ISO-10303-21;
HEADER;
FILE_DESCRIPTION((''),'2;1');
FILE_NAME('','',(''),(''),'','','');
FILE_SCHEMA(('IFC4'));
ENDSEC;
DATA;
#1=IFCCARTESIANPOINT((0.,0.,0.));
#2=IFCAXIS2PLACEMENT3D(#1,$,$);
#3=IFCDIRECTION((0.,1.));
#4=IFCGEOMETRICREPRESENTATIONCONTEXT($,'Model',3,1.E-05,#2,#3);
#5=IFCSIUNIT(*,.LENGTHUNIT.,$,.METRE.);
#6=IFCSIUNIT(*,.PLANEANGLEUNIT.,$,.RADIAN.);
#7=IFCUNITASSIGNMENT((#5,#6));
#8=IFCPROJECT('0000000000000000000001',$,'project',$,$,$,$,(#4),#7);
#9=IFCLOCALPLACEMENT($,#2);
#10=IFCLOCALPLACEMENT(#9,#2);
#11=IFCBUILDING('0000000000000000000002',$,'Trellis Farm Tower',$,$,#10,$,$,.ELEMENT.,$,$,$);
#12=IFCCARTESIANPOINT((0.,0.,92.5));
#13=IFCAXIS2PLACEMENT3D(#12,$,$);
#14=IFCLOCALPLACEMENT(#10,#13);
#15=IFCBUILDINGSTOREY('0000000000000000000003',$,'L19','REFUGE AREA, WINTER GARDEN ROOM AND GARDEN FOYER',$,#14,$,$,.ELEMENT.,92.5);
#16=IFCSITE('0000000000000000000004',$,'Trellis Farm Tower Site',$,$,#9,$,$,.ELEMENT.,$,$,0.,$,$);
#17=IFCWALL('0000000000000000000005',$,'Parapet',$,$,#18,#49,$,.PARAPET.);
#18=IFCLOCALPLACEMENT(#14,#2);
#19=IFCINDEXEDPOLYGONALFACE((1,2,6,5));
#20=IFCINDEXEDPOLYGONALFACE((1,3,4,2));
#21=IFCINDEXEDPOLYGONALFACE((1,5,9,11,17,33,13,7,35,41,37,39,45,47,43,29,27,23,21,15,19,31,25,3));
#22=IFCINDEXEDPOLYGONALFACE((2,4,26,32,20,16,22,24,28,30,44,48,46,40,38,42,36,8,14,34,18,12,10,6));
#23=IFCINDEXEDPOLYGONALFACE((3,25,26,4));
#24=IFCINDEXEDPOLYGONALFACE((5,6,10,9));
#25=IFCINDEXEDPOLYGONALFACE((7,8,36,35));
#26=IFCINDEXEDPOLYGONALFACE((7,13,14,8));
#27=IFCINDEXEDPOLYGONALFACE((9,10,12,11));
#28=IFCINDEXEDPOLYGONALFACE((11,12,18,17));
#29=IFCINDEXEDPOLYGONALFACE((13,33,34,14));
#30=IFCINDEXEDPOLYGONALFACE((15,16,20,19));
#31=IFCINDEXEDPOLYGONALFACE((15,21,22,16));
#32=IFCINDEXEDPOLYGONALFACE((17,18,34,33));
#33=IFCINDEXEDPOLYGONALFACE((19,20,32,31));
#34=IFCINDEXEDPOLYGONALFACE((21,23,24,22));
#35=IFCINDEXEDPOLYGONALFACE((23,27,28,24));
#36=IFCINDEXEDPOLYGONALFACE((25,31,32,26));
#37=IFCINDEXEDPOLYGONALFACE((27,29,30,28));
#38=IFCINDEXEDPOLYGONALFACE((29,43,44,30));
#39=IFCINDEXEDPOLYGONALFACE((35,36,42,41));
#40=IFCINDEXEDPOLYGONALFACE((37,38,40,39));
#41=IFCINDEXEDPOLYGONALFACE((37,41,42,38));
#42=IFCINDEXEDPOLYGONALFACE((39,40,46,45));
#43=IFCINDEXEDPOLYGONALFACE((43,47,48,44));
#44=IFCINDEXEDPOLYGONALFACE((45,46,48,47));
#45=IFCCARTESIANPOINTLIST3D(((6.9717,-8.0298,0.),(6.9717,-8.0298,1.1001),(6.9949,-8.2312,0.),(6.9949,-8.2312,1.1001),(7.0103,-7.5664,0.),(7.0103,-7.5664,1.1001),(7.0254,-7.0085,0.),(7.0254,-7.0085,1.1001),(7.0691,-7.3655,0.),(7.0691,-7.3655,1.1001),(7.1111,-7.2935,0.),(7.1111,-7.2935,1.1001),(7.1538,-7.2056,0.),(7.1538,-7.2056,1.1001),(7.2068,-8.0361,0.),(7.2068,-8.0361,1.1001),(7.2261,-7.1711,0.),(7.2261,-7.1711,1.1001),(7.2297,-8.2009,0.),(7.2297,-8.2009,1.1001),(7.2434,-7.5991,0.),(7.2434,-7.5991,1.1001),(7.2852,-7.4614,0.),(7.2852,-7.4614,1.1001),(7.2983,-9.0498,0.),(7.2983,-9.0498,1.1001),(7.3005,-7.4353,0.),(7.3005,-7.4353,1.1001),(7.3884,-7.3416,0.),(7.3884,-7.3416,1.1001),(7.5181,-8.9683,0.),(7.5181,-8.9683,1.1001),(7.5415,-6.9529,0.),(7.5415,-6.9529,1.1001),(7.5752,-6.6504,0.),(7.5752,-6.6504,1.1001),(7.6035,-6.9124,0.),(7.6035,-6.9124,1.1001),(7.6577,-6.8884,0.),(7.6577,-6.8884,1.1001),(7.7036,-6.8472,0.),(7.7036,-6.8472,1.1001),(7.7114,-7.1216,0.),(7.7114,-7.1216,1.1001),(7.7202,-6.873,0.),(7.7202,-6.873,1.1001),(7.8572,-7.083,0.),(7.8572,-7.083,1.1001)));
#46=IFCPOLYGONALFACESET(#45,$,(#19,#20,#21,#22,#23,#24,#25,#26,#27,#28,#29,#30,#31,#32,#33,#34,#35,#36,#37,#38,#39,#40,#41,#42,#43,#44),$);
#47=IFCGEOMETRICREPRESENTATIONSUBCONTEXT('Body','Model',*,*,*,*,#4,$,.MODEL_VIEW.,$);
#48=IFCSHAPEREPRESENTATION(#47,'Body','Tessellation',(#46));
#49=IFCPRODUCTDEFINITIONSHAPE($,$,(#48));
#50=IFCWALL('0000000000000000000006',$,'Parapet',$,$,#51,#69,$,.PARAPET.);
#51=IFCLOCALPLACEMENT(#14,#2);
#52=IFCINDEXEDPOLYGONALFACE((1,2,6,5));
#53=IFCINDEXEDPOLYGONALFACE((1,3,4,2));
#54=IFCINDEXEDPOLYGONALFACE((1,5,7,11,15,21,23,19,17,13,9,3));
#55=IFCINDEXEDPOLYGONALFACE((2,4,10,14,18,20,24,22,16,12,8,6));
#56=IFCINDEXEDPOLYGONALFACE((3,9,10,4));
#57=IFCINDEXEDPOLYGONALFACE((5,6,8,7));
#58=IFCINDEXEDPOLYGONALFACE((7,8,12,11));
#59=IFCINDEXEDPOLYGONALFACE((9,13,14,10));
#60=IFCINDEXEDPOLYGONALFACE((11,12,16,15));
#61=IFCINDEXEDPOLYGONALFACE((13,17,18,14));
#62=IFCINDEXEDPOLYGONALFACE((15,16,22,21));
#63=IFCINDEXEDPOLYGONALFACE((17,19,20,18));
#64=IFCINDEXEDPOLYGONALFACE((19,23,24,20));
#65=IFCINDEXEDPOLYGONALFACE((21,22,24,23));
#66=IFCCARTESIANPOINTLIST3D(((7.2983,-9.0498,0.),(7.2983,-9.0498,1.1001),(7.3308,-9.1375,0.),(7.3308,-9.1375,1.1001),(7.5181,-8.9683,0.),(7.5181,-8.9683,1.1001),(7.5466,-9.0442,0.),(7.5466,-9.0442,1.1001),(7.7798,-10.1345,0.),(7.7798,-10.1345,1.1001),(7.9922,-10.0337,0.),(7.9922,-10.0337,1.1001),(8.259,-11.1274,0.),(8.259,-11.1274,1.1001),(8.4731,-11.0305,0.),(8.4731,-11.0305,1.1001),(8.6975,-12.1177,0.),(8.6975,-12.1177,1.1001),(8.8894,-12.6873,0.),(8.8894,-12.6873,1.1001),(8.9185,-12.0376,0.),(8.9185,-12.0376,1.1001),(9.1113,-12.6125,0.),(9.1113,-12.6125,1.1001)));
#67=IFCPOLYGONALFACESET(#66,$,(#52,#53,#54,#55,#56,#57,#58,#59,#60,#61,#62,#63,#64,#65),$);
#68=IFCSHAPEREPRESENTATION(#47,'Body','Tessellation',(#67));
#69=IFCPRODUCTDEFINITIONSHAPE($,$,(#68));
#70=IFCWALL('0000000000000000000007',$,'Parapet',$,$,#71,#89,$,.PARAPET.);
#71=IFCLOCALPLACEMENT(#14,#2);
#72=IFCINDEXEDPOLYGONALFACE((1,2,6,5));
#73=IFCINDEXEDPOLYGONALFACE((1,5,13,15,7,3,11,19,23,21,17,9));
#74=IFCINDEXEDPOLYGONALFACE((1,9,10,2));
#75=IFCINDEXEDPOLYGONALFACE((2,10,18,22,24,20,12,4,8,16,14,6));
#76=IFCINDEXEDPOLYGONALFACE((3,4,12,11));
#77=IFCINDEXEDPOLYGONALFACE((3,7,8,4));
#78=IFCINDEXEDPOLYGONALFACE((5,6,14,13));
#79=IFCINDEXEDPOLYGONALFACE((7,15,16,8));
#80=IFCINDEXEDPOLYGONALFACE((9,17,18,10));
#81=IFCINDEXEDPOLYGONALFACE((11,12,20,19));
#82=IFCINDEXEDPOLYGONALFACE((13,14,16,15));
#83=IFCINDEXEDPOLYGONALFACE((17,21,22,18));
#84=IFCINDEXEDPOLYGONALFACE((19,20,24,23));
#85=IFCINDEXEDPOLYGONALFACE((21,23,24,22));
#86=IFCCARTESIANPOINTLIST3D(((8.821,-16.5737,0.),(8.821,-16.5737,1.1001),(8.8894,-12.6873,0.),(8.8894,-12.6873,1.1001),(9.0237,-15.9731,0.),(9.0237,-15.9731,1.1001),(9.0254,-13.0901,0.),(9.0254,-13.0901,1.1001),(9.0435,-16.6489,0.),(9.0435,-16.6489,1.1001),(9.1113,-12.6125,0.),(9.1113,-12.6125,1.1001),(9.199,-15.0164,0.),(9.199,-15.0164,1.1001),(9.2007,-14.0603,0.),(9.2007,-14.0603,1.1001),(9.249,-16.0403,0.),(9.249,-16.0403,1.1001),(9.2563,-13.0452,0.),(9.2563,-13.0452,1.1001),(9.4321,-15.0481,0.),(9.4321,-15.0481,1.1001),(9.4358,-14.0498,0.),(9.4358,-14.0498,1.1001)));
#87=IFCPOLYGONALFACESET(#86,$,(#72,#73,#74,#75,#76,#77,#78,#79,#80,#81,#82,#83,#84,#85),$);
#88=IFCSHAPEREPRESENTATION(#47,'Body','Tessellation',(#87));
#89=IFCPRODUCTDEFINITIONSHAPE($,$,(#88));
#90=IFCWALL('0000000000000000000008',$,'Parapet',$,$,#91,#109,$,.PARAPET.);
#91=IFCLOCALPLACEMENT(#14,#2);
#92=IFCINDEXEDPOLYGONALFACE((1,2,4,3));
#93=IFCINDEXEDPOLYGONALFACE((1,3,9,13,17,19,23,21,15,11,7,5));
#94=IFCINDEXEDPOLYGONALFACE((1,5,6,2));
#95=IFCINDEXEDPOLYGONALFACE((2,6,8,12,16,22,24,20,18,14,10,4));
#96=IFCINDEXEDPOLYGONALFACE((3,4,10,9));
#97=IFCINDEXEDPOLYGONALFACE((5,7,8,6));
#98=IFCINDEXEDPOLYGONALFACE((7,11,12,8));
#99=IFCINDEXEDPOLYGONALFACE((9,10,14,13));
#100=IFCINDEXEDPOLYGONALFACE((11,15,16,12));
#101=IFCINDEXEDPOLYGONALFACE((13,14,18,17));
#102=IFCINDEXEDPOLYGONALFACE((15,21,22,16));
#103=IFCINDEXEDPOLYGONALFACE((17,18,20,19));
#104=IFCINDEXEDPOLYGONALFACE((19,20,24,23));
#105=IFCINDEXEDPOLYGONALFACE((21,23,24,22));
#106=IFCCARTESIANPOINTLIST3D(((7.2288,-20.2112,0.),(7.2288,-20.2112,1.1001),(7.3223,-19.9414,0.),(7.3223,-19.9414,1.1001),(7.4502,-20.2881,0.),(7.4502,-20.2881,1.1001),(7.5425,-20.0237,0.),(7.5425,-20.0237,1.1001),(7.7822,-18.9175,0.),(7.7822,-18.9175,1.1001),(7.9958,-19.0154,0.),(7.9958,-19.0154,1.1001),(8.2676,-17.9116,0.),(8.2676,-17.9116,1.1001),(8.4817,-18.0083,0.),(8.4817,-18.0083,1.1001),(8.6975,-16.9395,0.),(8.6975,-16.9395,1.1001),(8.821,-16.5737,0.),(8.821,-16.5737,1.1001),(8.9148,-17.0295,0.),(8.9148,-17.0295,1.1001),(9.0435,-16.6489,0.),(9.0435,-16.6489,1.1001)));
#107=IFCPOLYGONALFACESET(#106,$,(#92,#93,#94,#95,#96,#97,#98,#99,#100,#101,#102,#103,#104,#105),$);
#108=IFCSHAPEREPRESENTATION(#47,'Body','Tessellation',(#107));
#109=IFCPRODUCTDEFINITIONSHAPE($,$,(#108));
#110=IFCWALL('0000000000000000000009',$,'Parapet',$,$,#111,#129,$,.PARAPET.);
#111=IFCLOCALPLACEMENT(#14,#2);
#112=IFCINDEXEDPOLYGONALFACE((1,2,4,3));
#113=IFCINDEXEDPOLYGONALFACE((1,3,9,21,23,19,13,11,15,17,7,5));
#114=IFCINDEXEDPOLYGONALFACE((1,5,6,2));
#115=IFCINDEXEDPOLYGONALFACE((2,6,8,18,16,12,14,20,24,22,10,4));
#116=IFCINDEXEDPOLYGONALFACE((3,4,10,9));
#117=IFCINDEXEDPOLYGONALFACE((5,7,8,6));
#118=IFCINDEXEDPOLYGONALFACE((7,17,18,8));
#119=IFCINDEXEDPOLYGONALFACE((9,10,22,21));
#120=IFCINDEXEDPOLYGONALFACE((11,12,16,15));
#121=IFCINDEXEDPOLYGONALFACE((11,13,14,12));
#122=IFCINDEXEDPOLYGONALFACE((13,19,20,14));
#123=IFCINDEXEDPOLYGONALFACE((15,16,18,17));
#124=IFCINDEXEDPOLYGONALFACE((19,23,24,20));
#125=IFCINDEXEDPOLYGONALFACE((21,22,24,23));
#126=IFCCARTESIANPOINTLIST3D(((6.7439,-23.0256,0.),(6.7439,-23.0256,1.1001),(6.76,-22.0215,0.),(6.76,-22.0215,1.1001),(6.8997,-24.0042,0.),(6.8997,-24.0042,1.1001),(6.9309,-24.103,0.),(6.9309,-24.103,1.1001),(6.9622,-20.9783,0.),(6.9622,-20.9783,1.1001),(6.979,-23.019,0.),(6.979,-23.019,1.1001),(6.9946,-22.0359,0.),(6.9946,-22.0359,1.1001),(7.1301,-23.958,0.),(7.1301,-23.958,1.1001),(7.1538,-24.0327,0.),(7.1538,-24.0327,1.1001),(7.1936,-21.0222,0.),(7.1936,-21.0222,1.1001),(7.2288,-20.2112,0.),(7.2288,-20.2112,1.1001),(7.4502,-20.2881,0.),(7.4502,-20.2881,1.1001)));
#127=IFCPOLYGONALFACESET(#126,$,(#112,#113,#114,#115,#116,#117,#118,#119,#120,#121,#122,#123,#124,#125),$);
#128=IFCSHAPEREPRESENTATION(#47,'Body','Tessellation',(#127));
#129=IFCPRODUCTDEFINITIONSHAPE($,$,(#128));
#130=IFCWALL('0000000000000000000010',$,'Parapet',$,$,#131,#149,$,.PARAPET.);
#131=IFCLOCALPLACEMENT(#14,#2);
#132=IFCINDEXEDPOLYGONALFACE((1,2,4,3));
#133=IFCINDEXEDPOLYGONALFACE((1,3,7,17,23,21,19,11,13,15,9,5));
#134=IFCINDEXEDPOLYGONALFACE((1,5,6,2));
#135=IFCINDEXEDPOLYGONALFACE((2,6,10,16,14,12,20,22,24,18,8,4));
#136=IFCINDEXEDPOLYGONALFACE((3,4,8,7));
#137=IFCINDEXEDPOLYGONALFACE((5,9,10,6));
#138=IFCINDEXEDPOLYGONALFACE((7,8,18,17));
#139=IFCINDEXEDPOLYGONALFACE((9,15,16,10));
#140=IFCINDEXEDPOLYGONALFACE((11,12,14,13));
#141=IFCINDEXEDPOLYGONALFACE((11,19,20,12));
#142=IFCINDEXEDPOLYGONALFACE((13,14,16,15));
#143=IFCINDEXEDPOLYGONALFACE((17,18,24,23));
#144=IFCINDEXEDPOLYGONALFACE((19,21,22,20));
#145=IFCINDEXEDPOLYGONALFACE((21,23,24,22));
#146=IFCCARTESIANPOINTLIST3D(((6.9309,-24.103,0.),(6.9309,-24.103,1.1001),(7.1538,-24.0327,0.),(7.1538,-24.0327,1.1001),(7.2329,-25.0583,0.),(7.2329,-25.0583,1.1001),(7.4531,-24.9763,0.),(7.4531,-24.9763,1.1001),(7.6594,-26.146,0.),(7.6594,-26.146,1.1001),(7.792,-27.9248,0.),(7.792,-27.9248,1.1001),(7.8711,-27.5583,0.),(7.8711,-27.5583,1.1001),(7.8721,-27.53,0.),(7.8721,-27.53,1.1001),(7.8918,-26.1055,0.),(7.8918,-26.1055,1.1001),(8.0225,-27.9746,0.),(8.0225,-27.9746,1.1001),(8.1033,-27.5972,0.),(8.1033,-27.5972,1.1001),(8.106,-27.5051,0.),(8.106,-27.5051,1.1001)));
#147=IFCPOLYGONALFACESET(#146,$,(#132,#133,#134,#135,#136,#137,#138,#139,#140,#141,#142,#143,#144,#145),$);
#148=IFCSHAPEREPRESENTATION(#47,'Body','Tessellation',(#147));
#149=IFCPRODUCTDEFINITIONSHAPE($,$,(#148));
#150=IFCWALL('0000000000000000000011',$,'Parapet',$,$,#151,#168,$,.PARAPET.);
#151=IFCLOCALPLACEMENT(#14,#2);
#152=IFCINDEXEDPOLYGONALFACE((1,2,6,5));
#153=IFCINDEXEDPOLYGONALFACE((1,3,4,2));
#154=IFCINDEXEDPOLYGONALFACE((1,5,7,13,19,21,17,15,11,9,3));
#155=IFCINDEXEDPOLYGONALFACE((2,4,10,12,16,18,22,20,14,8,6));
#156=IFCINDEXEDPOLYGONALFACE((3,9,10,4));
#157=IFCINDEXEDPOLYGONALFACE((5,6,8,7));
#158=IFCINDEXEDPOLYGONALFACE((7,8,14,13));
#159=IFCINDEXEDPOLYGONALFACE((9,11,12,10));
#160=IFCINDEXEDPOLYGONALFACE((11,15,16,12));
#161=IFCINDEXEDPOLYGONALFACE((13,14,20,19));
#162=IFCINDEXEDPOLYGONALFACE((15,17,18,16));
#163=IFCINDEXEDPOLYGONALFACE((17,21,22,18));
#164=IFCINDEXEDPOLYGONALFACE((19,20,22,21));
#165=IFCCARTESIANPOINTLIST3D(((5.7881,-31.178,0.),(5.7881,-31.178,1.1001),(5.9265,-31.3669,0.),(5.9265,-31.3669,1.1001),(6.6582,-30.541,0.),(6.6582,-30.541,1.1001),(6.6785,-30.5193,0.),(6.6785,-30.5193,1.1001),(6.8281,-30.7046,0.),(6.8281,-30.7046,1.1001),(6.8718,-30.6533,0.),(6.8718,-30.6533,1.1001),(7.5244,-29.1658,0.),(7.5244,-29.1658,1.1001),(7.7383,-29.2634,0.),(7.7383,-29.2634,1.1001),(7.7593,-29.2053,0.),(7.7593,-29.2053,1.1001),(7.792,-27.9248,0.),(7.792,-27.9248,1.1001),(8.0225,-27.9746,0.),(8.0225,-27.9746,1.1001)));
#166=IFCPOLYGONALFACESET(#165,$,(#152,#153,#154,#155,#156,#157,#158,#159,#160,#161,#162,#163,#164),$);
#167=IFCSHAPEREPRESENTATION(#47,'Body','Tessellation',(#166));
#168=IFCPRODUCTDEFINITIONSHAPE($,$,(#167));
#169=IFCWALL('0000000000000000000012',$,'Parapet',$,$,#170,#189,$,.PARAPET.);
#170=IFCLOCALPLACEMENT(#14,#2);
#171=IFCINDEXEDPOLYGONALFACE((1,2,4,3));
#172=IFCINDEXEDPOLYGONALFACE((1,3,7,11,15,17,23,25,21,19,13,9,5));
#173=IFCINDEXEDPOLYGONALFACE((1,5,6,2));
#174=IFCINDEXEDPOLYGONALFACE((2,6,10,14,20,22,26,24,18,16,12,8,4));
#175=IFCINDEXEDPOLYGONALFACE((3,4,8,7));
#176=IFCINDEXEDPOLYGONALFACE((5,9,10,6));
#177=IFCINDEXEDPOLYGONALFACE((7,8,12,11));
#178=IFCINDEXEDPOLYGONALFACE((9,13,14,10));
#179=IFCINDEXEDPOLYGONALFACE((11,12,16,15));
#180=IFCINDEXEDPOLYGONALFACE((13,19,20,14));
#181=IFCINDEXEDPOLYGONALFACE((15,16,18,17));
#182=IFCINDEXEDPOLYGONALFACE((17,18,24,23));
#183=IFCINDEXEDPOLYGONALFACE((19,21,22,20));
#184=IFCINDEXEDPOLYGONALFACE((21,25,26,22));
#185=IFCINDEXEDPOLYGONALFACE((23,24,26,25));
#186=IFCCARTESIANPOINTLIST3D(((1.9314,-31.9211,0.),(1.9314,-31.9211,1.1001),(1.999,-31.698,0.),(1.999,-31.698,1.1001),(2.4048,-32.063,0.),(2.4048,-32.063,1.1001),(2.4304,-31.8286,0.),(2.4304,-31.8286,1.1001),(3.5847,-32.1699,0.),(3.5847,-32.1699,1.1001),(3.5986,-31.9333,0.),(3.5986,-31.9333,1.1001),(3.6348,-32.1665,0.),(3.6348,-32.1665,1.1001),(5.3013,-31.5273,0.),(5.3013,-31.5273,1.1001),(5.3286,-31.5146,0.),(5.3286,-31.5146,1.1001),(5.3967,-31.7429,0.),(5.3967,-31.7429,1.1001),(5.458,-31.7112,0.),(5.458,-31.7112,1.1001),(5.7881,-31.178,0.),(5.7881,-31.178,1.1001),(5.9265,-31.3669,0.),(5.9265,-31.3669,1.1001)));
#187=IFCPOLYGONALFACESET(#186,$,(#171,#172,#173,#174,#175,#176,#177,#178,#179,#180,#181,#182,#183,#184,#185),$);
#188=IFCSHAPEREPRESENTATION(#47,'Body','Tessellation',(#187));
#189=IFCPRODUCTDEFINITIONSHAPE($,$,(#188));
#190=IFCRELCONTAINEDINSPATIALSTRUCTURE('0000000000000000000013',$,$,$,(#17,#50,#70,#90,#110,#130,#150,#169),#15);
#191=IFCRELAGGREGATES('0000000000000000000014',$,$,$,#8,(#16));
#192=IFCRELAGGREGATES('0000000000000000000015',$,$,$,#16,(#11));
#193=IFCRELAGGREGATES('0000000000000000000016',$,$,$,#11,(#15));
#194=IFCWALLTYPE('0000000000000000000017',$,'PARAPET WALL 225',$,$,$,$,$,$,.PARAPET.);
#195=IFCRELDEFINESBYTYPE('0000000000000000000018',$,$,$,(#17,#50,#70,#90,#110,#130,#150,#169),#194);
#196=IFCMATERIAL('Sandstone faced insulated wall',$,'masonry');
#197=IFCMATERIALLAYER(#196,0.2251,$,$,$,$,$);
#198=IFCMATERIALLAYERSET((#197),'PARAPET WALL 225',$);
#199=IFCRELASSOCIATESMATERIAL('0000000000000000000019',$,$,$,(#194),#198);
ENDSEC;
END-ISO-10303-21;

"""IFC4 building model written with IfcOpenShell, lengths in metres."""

from ifc_helpers import new_model, si_unit, direction, frame, origin, place, context, subcontext, project, spatial, polyline, outline, extrude, material, layer, layer_set, type_object, element, save


model = new_model("IFC4")

# Units and contexts
model_context = context("Model", 3, precision=1e-05, world=origin(), true_north=direction((0.0, 1.0)))
body_context = subcontext(model_context, "Body", "Model", "MODEL_VIEW")
ifc_project = project(units=[si_unit("LENGTHUNIT", "METRE"), si_unit("PLANEANGLEUNIT", "RADIAN")], contexts=[model_context])

# Site, building, storey
site_placement = place(None, origin())
site = spatial("IfcSite", under=ifc_project, at=site_placement, Name="Trellis Farm Tower Site", CompositionType="ELEMENT", RefElevation=0.0)
building_placement = place(site_placement, origin())
building = spatial("IfcBuilding", under=site, at=building_placement, Name="Trellis Farm Tower", CompositionType="ELEMENT")
storey_placement = place(building_placement, frame((0.0, 0.0, 92.5)))
storey = spatial("IfcBuildingStorey", under=building, at=storey_placement, Name="L19", Description="REFUGE AREA, WINTER GARDEN ROOM AND GARDEN FOYER", CompositionType="ELEMENT", Elevation=92.5)

# Walls
ifc_material = material(Name="Sandstone faced insulated wall", Category="masonry")
ifc_layer = layer(ifc_material, 0.2251)
ifc_layer_set = layer_set([ifc_layer], Name="PARAPET WALL 225")
wall_type = type_object("IfcWallType", Name="PARAPET WALL 225", PredefinedType="PARAPET", material=ifc_layer_set)
placement = place(storey_placement, origin())
element("IfcWall", 1, at=placement, inside=storey, type_object=wall_type, Name="Parapet", PredefinedType="PARAPET", context=body_context, shape_type="SweptSolid", body=[
    extrude(outline(polyline([(7.8572, -7.083), (7.7114, -7.1216), (7.3884, -7.3416), (7.3005, -7.4353), (7.2852, -7.4614), (7.2434, -7.5991), (7.2068, -8.0361), (7.2297, -8.2009), (7.5181, -8.9683), (7.2983, -9.0498), (6.9949, -8.2312), (6.9717, -8.0298), (7.0103, -7.5664), (7.0691, -7.3655), (7.1111, -7.2935), (7.2261, -7.1711), (7.5415, -6.9529), (7.1538, -7.2056), (7.0254, -7.0085), (7.5752, -6.6504), (7.7036, -6.8472), (7.6035, -6.9124), (7.6577, -6.8884), (7.7202, -6.873), (7.8572, -7.083)])), origin(), (0.0, 0.0, 1.0), 1.1001),
])
element("IfcWall", 2, at=placement, inside=storey, type_object=wall_type, Name="Parapet", PredefinedType="PARAPET", context=body_context, shape_type="SweptSolid", body=[
    extrude(outline(polyline([(7.5181, -8.9683), (7.5466, -9.0442), (7.9922, -10.0337), (8.4731, -11.0305), (8.9185, -12.0376), (9.1113, -12.6125), (8.8894, -12.6873), (8.6975, -12.1177), (8.259, -11.1274), (7.7798, -10.1345), (7.3308, -9.1375), (7.2983, -9.0498), (7.5181, -8.9683)])), origin(), (0.0, 0.0, 1.0), 1.1001),
])
element("IfcWall", 3, at=placement, inside=storey, type_object=wall_type, Name="Parapet", PredefinedType="PARAPET", context=body_context, shape_type="SweptSolid", body=[
    extrude(outline(polyline([(9.1113, -12.6125), (9.2563, -13.0452), (9.4358, -14.0498), (9.4321, -15.0481), (9.249, -16.0403), (9.0435, -16.6489), (8.821, -16.5737), (9.0237, -15.9731), (9.199, -15.0164), (9.2007, -14.0603), (9.0254, -13.0901), (8.8894, -12.6873), (9.1113, -12.6125)])), origin(), (0.0, 0.0, 1.0), 1.1001),
])
element("IfcWall", 4, at=placement, inside=storey, type_object=wall_type, Name="Parapet", PredefinedType="PARAPET", context=body_context, shape_type="SweptSolid", body=[
    extrude(outline(polyline([(9.0435, -16.6489), (8.9148, -17.0295), (8.4817, -18.0083), (7.9958, -19.0154), (7.5425, -20.0237), (7.4502, -20.2881), (7.2288, -20.2112), (7.3223, -19.9414), (7.7822, -18.9175), (8.2676, -17.9116), (8.6975, -16.9395), (8.821, -16.5737), (9.0435, -16.6489)])), origin(), (0.0, 0.0, 1.0), 1.1001),
])
element("IfcWall", 5, at=placement, inside=storey, type_object=wall_type, Name="Parapet", PredefinedType="PARAPET", context=body_context, shape_type="SweptSolid", body=[
    extrude(outline(polyline([(7.4502, -20.2881), (7.1936, -21.0222), (6.9946, -22.0359), (6.979, -23.019), (7.1301, -23.958), (7.1538, -24.0327), (6.9309, -24.103), (6.8997, -24.0042), (6.7439, -23.0256), (6.76, -22.0215), (6.9622, -20.9783), (7.2288, -20.2112), (7.4502, -20.2881)])), origin(), (0.0, 0.0, 1.0), 1.1001),
])
element("IfcWall", 6, at=placement, inside=storey, type_object=wall_type, Name="Parapet", PredefinedType="PARAPET", context=body_context, shape_type="SweptSolid", body=[
    extrude(outline(polyline([(7.1538, -24.0327), (7.4531, -24.9763), (7.8918, -26.1055), (8.106, -27.5051), (8.1033, -27.5972), (8.0225, -27.9746), (7.792, -27.9248), (7.8711, -27.5583), (7.8721, -27.53), (7.6594, -26.146), (7.2329, -25.0583), (6.9309, -24.103), (7.1538, -24.0327)])), origin(), (0.0, 0.0, 1.0), 1.1001),
])
element("IfcWall", 7, at=placement, inside=storey, type_object=wall_type, Name="Parapet", PredefinedType="PARAPET", context=body_context, shape_type="SweptSolid", body=[
    extrude(outline(polyline([(8.0225, -27.9746), (7.7593, -29.2053), (7.7383, -29.2634), (6.8718, -30.6533), (6.8281, -30.7046), (5.9265, -31.3669), (5.7881, -31.178), (6.6582, -30.541), (6.6785, -30.5193), (7.5244, -29.1658), (7.792, -27.9248), (8.0225, -27.9746)])), origin(), (0.0, 0.0, 1.0), 1.1001),
])
element("IfcWall", 8, at=placement, inside=storey, type_object=wall_type, Name="Parapet", PredefinedType="PARAPET", context=body_context, shape_type="SweptSolid", body=[
    extrude(outline(polyline([(5.9265, -31.3669), (5.458, -31.7112), (5.3967, -31.7429), (3.6348, -32.1665), (3.5847, -32.1699), (2.4048, -32.063), (1.9314, -31.9211), (1.999, -31.698), (2.4304, -31.8286), (3.5986, -31.9333), (5.3013, -31.5273), (5.3286, -31.5146), (5.7881, -31.178), (5.9265, -31.3669)])), origin(), (0.0, 0.0, 1.0), 1.1001),
])

save(model, "model.ifc")
